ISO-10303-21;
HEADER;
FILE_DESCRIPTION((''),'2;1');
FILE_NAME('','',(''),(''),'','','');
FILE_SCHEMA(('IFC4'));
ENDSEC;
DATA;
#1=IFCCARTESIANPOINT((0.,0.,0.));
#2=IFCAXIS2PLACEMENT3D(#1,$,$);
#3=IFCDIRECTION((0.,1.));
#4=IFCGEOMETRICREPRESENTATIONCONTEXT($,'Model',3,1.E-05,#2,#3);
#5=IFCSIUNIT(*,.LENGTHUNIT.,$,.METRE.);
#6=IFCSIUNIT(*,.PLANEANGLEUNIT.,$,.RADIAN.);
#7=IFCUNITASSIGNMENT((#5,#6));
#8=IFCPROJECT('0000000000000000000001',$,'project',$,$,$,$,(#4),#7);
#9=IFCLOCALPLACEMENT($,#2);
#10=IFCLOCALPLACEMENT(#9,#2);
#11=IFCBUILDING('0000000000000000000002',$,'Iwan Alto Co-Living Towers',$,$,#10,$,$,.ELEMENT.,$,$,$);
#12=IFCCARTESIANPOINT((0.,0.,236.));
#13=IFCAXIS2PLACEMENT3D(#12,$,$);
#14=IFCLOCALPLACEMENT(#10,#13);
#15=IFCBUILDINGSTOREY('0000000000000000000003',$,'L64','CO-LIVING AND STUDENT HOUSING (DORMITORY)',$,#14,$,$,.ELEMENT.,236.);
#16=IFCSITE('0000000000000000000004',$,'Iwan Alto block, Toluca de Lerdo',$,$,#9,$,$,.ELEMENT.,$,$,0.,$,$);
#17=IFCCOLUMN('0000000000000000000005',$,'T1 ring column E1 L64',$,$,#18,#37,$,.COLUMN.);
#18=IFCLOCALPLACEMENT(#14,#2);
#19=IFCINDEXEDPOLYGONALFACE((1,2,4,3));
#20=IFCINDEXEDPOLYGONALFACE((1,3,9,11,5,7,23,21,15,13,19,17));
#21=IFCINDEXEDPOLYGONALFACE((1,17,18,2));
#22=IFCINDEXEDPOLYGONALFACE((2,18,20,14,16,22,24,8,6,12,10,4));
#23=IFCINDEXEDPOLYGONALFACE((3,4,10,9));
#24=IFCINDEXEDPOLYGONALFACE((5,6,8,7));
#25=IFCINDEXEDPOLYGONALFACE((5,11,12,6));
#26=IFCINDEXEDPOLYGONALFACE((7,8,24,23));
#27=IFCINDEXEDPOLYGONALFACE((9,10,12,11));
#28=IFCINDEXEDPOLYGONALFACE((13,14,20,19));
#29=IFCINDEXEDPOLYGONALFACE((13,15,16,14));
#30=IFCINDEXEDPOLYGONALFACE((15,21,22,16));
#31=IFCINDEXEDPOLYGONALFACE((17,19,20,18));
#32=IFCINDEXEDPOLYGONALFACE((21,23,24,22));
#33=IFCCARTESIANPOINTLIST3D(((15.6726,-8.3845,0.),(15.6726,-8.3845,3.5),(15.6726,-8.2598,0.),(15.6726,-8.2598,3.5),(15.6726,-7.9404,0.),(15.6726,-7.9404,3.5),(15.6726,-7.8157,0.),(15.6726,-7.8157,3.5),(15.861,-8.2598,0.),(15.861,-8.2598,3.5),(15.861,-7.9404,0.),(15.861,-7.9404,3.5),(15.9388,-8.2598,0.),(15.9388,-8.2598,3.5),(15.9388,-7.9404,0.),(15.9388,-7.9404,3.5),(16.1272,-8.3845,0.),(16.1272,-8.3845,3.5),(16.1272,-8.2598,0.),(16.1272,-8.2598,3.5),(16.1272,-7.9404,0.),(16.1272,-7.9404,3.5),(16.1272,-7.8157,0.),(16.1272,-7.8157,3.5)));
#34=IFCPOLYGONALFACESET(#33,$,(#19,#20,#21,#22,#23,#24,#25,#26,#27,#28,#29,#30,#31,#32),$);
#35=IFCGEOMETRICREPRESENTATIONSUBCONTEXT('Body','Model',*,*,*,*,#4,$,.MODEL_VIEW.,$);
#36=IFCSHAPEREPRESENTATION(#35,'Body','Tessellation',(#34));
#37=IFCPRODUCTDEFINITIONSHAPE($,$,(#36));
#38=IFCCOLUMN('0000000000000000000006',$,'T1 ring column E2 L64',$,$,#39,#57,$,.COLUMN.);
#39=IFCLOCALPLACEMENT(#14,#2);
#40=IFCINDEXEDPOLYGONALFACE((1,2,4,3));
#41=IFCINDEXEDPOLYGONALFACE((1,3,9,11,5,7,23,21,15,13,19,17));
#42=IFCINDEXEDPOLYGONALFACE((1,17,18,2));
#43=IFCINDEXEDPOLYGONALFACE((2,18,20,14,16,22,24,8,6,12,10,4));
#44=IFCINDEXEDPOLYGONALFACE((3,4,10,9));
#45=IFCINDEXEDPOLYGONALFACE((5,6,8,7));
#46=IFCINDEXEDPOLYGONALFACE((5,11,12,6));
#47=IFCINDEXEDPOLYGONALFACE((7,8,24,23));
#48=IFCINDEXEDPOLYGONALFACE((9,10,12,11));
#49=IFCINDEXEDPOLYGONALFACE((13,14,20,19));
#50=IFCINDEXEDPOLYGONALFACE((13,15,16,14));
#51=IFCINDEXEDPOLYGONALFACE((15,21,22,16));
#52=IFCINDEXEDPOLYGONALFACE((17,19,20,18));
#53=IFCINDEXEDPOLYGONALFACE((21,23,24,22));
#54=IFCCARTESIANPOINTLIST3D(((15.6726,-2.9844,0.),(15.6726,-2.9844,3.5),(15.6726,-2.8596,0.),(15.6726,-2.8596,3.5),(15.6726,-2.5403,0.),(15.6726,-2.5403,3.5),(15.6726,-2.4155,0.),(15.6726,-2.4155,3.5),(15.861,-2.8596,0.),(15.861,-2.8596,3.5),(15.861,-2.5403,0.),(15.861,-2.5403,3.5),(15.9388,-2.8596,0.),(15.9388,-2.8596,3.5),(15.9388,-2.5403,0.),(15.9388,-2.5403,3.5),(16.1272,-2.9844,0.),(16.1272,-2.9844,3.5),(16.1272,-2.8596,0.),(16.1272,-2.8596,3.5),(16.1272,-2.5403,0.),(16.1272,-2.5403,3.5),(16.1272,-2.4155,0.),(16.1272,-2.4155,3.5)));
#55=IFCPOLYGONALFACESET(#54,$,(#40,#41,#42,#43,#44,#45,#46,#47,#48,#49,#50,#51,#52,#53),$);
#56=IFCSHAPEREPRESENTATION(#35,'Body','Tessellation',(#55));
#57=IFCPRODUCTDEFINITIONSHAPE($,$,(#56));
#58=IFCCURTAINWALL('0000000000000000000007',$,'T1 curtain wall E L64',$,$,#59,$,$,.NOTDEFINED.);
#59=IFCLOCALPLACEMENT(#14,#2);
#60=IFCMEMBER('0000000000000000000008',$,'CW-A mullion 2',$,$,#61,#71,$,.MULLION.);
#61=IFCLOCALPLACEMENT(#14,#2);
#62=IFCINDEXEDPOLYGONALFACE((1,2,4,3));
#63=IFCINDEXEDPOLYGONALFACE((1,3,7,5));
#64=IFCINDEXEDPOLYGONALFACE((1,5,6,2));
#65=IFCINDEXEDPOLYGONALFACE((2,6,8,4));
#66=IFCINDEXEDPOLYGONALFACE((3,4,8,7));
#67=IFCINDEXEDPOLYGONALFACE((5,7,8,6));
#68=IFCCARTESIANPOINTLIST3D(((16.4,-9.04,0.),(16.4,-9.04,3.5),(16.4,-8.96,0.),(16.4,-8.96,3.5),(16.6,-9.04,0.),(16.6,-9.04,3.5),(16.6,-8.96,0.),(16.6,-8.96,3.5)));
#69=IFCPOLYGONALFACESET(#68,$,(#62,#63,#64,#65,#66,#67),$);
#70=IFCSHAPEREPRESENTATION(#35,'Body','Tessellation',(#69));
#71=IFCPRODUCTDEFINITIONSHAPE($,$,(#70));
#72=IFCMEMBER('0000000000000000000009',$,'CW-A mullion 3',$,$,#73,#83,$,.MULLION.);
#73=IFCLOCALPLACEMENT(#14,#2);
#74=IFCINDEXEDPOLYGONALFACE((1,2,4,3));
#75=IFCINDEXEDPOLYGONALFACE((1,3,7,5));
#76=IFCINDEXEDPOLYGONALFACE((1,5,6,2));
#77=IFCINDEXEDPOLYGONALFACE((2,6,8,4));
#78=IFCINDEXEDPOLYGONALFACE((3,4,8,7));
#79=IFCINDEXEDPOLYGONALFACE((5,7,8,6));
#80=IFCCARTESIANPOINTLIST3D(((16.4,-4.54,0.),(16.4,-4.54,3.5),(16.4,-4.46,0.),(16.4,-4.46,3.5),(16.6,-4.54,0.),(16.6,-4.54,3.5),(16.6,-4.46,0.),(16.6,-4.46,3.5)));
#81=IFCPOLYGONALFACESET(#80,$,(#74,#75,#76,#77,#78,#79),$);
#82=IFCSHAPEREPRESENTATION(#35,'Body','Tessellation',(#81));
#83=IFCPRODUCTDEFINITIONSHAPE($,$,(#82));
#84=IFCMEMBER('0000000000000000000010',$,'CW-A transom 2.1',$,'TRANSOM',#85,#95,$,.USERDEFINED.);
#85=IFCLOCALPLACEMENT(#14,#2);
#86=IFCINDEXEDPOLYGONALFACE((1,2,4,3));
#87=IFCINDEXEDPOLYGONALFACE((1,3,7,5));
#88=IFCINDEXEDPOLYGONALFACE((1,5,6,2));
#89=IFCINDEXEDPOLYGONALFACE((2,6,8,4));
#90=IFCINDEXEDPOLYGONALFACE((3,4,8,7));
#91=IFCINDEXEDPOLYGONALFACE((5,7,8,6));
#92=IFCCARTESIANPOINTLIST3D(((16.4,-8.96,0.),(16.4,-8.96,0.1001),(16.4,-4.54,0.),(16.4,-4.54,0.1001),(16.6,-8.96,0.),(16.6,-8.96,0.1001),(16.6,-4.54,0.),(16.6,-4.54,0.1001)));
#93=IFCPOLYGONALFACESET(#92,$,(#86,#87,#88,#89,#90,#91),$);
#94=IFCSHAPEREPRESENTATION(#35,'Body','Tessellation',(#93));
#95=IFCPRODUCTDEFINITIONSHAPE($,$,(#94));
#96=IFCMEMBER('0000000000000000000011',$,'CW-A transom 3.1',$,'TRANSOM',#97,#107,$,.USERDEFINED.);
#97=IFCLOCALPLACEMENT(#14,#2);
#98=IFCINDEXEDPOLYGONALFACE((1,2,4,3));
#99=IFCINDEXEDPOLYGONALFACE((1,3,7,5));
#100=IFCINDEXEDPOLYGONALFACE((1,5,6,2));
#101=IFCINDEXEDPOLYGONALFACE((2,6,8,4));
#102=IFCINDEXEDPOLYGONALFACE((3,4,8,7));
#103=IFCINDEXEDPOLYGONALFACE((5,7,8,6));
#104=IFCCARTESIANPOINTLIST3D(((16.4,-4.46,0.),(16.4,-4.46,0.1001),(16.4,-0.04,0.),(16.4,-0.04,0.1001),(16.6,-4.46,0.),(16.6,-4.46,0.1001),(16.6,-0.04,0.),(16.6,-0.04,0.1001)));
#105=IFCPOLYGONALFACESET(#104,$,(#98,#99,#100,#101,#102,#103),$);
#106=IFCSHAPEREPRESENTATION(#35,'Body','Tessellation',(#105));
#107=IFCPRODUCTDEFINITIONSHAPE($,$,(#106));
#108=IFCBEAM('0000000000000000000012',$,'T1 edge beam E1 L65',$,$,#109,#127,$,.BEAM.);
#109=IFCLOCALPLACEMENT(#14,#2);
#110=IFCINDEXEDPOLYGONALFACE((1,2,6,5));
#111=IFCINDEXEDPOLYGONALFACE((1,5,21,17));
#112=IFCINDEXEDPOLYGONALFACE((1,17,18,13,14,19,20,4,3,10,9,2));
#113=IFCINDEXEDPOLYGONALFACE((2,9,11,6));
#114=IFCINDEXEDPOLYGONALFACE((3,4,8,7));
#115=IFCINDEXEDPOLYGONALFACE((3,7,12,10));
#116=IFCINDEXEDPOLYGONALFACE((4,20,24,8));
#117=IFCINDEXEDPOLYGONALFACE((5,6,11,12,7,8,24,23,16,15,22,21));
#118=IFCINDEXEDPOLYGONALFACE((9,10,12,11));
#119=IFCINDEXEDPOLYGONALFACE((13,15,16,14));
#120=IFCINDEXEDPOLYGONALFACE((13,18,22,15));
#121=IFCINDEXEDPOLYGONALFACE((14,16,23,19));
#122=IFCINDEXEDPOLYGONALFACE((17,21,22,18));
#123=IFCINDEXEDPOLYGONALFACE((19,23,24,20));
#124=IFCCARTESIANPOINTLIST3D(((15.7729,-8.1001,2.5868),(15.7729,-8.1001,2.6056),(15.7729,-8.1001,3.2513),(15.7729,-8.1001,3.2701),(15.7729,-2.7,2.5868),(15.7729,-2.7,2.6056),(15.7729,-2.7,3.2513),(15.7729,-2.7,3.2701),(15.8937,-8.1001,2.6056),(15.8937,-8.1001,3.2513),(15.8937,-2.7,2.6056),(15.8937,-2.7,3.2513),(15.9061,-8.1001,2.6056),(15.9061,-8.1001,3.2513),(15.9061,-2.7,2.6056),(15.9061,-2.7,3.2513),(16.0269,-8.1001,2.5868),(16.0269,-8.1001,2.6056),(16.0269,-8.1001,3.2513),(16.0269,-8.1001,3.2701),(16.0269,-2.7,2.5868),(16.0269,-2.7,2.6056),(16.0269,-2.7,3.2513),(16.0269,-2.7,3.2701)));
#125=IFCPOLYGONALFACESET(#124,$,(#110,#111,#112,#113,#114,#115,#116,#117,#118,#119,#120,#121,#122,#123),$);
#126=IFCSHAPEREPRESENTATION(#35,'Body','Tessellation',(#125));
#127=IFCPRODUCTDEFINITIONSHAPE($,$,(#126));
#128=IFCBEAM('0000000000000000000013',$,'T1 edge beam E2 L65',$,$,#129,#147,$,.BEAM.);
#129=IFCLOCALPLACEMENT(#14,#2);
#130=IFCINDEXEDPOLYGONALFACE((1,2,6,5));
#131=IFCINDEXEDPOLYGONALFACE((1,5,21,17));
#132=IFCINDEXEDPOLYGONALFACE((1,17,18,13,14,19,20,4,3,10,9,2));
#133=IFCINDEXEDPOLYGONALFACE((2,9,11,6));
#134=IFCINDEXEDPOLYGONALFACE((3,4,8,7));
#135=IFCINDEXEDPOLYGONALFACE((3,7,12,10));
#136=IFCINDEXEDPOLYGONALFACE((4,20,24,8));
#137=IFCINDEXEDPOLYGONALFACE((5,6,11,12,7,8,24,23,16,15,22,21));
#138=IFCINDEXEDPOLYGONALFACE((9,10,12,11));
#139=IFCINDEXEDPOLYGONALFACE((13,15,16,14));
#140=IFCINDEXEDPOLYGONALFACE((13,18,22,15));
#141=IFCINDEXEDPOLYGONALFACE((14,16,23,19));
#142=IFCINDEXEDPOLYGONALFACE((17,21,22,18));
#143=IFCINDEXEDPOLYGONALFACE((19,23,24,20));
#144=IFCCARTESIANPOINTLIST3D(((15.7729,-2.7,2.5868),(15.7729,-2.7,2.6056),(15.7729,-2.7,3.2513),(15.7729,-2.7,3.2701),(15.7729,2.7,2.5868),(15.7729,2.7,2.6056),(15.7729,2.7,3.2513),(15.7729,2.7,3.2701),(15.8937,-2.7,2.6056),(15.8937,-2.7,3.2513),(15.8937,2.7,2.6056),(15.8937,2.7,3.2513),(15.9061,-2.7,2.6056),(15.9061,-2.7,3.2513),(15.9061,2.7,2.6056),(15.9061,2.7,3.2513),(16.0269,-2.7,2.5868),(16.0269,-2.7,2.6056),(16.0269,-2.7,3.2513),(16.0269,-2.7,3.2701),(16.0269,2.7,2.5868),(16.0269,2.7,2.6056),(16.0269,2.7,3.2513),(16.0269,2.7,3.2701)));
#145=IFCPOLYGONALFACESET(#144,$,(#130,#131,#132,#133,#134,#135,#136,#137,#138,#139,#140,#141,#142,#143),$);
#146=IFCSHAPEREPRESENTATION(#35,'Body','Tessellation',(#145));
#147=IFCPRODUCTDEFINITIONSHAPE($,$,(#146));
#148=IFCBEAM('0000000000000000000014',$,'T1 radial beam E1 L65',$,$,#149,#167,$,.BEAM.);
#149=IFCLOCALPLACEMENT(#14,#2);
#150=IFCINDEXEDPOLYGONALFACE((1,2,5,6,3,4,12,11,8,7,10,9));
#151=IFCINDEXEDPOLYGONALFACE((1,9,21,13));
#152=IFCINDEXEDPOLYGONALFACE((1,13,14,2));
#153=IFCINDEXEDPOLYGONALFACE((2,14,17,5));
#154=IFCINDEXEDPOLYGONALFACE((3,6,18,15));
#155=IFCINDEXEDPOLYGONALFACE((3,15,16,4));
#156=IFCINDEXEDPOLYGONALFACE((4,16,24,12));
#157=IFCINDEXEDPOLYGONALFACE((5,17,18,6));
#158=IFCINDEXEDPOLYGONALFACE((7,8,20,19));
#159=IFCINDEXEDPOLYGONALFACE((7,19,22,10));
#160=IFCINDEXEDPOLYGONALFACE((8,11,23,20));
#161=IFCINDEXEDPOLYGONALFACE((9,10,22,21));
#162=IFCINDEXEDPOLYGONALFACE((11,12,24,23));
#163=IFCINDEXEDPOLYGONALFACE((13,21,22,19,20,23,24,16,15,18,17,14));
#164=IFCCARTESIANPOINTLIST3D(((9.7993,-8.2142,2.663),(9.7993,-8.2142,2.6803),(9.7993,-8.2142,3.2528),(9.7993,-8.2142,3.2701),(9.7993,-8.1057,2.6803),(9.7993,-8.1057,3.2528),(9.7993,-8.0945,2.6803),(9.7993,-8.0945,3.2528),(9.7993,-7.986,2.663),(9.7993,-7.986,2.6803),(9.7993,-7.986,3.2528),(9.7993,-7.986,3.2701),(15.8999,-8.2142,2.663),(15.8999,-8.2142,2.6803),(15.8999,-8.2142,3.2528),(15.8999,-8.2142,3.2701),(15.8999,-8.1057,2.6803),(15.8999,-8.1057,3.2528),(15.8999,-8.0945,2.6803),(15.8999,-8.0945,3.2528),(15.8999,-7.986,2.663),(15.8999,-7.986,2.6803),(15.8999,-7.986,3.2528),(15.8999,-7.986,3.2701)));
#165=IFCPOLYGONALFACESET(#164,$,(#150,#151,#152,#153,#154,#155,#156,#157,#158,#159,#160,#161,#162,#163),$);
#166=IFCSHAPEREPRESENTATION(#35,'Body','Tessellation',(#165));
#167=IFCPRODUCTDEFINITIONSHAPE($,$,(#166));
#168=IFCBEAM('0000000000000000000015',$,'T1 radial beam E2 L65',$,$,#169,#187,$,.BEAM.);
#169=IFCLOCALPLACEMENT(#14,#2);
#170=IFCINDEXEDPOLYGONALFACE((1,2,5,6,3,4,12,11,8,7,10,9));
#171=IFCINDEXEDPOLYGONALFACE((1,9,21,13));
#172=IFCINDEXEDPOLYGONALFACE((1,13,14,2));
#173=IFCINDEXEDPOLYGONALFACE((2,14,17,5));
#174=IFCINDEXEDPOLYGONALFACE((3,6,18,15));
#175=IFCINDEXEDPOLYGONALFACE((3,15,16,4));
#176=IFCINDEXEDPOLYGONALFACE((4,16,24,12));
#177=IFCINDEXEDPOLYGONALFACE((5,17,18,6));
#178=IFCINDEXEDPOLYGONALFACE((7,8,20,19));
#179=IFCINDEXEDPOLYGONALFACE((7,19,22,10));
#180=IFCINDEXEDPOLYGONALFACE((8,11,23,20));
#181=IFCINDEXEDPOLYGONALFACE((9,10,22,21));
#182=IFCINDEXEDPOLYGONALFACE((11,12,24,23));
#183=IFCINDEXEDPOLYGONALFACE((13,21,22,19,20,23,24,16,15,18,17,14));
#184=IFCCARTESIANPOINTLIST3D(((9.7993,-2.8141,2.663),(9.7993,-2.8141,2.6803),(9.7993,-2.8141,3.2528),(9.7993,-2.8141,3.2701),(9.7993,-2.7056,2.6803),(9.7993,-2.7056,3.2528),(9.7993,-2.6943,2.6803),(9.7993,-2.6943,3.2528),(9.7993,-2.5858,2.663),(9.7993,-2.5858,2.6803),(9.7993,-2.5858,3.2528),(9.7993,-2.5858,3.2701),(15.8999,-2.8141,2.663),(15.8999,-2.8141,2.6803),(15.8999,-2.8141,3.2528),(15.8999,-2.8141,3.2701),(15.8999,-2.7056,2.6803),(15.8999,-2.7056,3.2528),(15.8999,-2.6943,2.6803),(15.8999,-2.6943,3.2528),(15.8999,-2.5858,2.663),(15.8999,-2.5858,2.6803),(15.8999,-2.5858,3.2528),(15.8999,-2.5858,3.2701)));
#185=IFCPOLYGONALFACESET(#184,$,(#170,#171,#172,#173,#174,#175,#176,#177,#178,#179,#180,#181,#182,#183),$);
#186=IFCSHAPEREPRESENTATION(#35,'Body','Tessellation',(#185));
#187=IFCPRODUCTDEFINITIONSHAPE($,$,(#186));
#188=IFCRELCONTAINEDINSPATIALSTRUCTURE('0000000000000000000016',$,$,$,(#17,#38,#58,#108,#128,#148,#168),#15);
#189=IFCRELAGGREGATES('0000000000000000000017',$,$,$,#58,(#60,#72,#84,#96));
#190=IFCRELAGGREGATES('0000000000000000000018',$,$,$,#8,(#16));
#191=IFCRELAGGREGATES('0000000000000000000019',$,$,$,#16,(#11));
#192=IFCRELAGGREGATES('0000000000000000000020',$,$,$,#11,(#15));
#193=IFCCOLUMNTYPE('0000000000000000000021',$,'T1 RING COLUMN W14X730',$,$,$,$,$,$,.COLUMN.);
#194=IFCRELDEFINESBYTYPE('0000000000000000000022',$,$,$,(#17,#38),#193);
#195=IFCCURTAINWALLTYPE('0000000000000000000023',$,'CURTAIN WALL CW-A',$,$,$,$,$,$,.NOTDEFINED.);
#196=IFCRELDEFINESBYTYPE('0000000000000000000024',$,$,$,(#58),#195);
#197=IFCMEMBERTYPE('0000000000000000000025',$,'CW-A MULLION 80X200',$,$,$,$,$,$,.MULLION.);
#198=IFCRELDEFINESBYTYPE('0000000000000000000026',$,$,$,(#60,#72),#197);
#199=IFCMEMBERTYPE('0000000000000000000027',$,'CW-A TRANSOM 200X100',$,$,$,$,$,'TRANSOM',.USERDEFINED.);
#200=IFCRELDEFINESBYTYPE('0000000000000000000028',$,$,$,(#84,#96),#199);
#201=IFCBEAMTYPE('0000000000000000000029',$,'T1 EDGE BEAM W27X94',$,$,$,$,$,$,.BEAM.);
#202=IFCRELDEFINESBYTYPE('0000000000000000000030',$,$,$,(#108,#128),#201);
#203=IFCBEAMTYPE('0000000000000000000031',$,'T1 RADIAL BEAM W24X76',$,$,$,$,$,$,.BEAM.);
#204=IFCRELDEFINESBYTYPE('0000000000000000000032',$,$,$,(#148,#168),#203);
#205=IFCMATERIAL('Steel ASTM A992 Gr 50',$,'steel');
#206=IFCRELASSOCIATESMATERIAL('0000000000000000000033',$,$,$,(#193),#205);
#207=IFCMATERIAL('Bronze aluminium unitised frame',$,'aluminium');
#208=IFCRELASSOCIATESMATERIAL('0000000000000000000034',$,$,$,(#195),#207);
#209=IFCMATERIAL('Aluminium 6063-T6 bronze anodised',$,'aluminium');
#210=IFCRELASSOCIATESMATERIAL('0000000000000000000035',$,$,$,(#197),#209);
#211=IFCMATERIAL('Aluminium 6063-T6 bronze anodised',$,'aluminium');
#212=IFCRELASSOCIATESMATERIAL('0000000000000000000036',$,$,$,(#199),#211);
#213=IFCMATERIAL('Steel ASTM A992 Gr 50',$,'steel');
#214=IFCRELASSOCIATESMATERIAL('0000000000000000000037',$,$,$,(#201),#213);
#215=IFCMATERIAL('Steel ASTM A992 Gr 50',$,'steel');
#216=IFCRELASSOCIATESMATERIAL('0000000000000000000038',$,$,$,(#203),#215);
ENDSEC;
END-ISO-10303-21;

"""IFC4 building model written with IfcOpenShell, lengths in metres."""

from ifc_helpers import new_model, si_unit, direction, frame, origin, origin_2d, place, context, subcontext, project, spatial, rectangle, i_section, extrude, material, material_profile, profile_set, type_object, element, aggregate, save


model = new_model("IFC4")

# Units and contexts
model_context = context("Model", 3, precision=1e-05, world=origin(), true_north=direction((0.0, 1.0)))
body_context = subcontext(model_context, "Body", "Model", "MODEL_VIEW")
ifc_project = project(units=[si_unit("LENGTHUNIT", "METRE"), si_unit("PLANEANGLEUNIT", "RADIAN")], contexts=[model_context])

# Site, building, storey
site_placement = place(None, origin())
site = spatial("IfcSite", under=ifc_project, at=site_placement, Name="Iwan Alto block, Toluca de Lerdo", CompositionType="ELEMENT", RefElevation=0.0)
building_placement = place(site_placement, origin())
building = spatial("IfcBuilding", under=site, at=building_placement, Name="Iwan Alto Co-Living Towers", CompositionType="ELEMENT")
storey_placement = place(building_placement, frame((0.0, 0.0, 236.0)))
storey = spatial("IfcBuildingStorey", under=building, at=storey_placement, Name="L64", Description="CO-LIVING AND STUDENT HOUSING (DORMITORY)", CompositionType="ELEMENT", Elevation=236.0)

# Columns
ifc_material_1 = material(Name="Steel ASTM A992 Gr 50", Category="steel")
ifc_material_profile_1 = material_profile(ifc_material_1, i_section(OverallWidth=0.4546, OverallDepth=0.5688, WebThickness=0.0779, FlangeThickness=0.1248, at=origin_2d()), Name="W14X730")
ifc_profile_set_1 = profile_set([ifc_material_profile_1], Name="Steel ASTM A992 Gr 50")
column_type = type_object("IfcColumnType", Name="T1 RING COLUMN W14X730", PredefinedType="COLUMN", material=ifc_profile_set_1)
for number, where, z_axis, x_axis, name in (
    (1, (15.8999, -8.1001, 0.0), (0.0, 0.0, 1.0), (1.0, 0.0, 0.0), "T1 ring column E1 L64"),
    (2, (15.8999, -2.7, 0.0), (0.0, 0.0, 1.0), (1.0, 0.0, 0.0), "T1 ring column E2 L64"),
):
    element("IfcColumn", number, at=place(storey_placement, frame(where, z_axis=z_axis, x_axis=x_axis)), inside=storey, type_object=column_type, Name=name, PredefinedType="COLUMN", context=body_context, shape_type="SweptSolid", body=[
        extrude(i_section(OverallWidth=0.4546, OverallDepth=0.5688, WebThickness=0.0779, FlangeThickness=0.1248, at=origin_2d()), origin(), (0.0, 0.0, 1.0), 3.5),
    ])

# Curtain wall, members
ifc_material_2 = material(Name="Bronze aluminium unitised frame", Category="aluminium")
curtain_wall_type = type_object("IfcCurtainWallType", Name="CURTAIN WALL CW-A", PredefinedType="NOTDEFINED", material=ifc_material_2)
curtain_wall_placement = place(storey_placement, origin())
curtain_wall = element("IfcCurtainWall", 3, at=curtain_wall_placement, inside=storey, type_object=curtain_wall_type, Name="T1 curtain wall E L64", PredefinedType="NOTDEFINED")
ifc_material_3 = material(Name="Aluminium 6063-T6 bronze anodised", Category="aluminium")
ifc_material_profile_2 = material_profile(ifc_material_3, rectangle(XDim=0.2, YDim=0.0801, at=origin_2d()), Name="AL 80X200")
ifc_profile_set_2 = profile_set([ifc_material_profile_2], Name="Aluminium 6063-T6 bronze anodised")
member_type_1 = type_object("IfcMemberType", Name="CW-A MULLION 80X200", PredefinedType="MULLION", material=ifc_profile_set_2)
member_1_placement = place(storey_placement, frame((16.5, -9.0, 0.0), z_axis=(0.0, 0.0, 1.0), x_axis=(-1.0, 0.0, 0.0)))
member_1 = element("IfcMember", 4, at=member_1_placement, type_object=member_type_1, Name="CW-A mullion 2", PredefinedType="MULLION", context=body_context, shape_type="SweptSolid", body=[
    extrude(rectangle(XDim=0.2, YDim=0.0801, at=origin_2d()), origin(), (0.0, 0.0, 1.0), 3.5),
])
member_2_placement = place(storey_placement, frame((16.5, -4.5, 0.0), z_axis=(0.0, 0.0, 1.0), x_axis=(-1.0, 0.0, 0.0)))
member_2 = element("IfcMember", 5, at=member_2_placement, type_object=member_type_1, Name="CW-A mullion 3", PredefinedType="MULLION", context=body_context, shape_type="SweptSolid", body=[
    extrude(rectangle(XDim=0.2, YDim=0.0801, at=origin_2d()), origin(), (0.0, 0.0, 1.0), 3.5),
])
ifc_material_4 = material(Name="Aluminium 6063-T6 bronze anodised", Category="aluminium")
ifc_material_profile_3 = material_profile(ifc_material_4, rectangle(XDim=0.2, YDim=0.1001, at=origin_2d()), Name="AL 200X100")
ifc_profile_set_3 = profile_set([ifc_material_profile_3], Name="Aluminium 6063-T6 bronze anodised")
member_type_2 = type_object("IfcMemberType", Name="CW-A TRANSOM 200X100", ElementType="TRANSOM", PredefinedType="USERDEFINED", material=ifc_profile_set_3)
member_3_placement = place(storey_placement, frame((16.5, -8.96, 0.05), z_axis=(0.0, 1.0, 0.0), x_axis=(-1.0, 0.0, 0.0)))
member_3 = element("IfcMember", 6, at=member_3_placement, type_object=member_type_2, Name="CW-A transom 2.1", ObjectType="TRANSOM", PredefinedType="USERDEFINED", context=body_context, shape_type="SweptSolid", body=[
    extrude(rectangle(XDim=0.2, YDim=0.1001, at=origin_2d()), origin(), (0.0, 0.0, 1.0), 4.4199),
])
member_4_placement = place(storey_placement, frame((16.5, -4.46, 0.05), z_axis=(0.0, 1.0, 0.0), x_axis=(-1.0, 0.0, 0.0)))
member_4 = element("IfcMember", 7, at=member_4_placement, type_object=member_type_2, Name="CW-A transom 3.1", ObjectType="TRANSOM", PredefinedType="USERDEFINED", context=body_context, shape_type="SweptSolid", body=[
    extrude(rectangle(XDim=0.2, YDim=0.1001, at=origin_2d()), origin(), (0.0, 0.0, 1.0), 4.4199),
])

# Beams
ifc_material_5 = material(Name="Steel ASTM A992 Gr 50", Category="steel")
ifc_material_profile_4 = material_profile(ifc_material_5, i_section(OverallWidth=0.2539, OverallDepth=0.6833, WebThickness=0.0125, FlangeThickness=0.0188, at=origin_2d()), Name="W27X94")
ifc_profile_set_4 = profile_set([ifc_material_profile_4], Name="Steel ASTM A992 Gr 50")
beam_type_1 = type_object("IfcBeamType", Name="T1 EDGE BEAM W27X94", PredefinedType="BEAM", material=ifc_profile_set_4)
beam_1_placement = place(storey_placement, frame((15.8999, -8.1001, 2.9285), z_axis=(0.0, 1.0, 0.0), x_axis=(-1.0, 0.0, 0.0)))
element("IfcBeam", 8, at=beam_1_placement, inside=storey, type_object=beam_type_1, Name="T1 edge beam E1 L65", PredefinedType="BEAM", context=body_context, shape_type="SweptSolid", body=[
    extrude(i_section(OverallWidth=0.2539, OverallDepth=0.6833, WebThickness=0.0125, FlangeThickness=0.0188, at=origin_2d()), origin(), (0.0, 0.0, 1.0), 5.4001),
])
beam_2_placement = place(storey_placement, frame((15.8999, -2.7, 2.9285), z_axis=(0.0, 1.0, 0.0), x_axis=(-1.0, 0.0, 0.0)))
element("IfcBeam", 9, at=beam_2_placement, inside=storey, type_object=beam_type_1, Name="T1 edge beam E2 L65", PredefinedType="BEAM", context=body_context, shape_type="SweptSolid", body=[
    extrude(i_section(OverallWidth=0.2539, OverallDepth=0.6833, WebThickness=0.0125, FlangeThickness=0.0188, at=origin_2d()), origin(), (0.0, 0.0, 1.0), 5.3999),
])
ifc_material_6 = material(Name="Steel ASTM A992 Gr 50", Category="steel")
ifc_material_profile_5 = material_profile(ifc_material_6, i_section(OverallWidth=0.2283, OverallDepth=0.6072, WebThickness=0.0112, FlangeThickness=0.0173, at=origin_2d()), Name="W24X76")
ifc_profile_set_5 = profile_set([ifc_material_profile_5], Name="Steel ASTM A992 Gr 50")
beam_type_2 = type_object("IfcBeamType", Name="T1 RADIAL BEAM W24X76", PredefinedType="BEAM", material=ifc_profile_set_5)
for number, where, z_axis, x_axis, name in (
    (10, (15.8999, -8.1001, 2.9666), (-1.0, 0.0, 0.0), (0.0, -1.0, 0.0), "T1 radial beam E1 L65"),
    (11, (15.8999, -2.7, 2.9666), (-1.0, 0.0, 0.0), (0.0, -1.0, 0.0), "T1 radial beam E2 L65"),
):
    element("IfcBeam", number, at=place(storey_placement, frame(where, z_axis=z_axis, x_axis=x_axis)), inside=storey, type_object=beam_type_2, Name=name, PredefinedType="BEAM", context=body_context, shape_type="SweptSolid", body=[
        extrude(i_section(OverallWidth=0.2283, OverallDepth=0.6072, WebThickness=0.0112, FlangeThickness=0.0173, at=origin_2d()), origin(), (0.0, 0.0, 1.0), 6.1006),
    ])

aggregate(curtain_wall, [member_1, member_2, member_3, member_4])

save(model, "model.ifc")
